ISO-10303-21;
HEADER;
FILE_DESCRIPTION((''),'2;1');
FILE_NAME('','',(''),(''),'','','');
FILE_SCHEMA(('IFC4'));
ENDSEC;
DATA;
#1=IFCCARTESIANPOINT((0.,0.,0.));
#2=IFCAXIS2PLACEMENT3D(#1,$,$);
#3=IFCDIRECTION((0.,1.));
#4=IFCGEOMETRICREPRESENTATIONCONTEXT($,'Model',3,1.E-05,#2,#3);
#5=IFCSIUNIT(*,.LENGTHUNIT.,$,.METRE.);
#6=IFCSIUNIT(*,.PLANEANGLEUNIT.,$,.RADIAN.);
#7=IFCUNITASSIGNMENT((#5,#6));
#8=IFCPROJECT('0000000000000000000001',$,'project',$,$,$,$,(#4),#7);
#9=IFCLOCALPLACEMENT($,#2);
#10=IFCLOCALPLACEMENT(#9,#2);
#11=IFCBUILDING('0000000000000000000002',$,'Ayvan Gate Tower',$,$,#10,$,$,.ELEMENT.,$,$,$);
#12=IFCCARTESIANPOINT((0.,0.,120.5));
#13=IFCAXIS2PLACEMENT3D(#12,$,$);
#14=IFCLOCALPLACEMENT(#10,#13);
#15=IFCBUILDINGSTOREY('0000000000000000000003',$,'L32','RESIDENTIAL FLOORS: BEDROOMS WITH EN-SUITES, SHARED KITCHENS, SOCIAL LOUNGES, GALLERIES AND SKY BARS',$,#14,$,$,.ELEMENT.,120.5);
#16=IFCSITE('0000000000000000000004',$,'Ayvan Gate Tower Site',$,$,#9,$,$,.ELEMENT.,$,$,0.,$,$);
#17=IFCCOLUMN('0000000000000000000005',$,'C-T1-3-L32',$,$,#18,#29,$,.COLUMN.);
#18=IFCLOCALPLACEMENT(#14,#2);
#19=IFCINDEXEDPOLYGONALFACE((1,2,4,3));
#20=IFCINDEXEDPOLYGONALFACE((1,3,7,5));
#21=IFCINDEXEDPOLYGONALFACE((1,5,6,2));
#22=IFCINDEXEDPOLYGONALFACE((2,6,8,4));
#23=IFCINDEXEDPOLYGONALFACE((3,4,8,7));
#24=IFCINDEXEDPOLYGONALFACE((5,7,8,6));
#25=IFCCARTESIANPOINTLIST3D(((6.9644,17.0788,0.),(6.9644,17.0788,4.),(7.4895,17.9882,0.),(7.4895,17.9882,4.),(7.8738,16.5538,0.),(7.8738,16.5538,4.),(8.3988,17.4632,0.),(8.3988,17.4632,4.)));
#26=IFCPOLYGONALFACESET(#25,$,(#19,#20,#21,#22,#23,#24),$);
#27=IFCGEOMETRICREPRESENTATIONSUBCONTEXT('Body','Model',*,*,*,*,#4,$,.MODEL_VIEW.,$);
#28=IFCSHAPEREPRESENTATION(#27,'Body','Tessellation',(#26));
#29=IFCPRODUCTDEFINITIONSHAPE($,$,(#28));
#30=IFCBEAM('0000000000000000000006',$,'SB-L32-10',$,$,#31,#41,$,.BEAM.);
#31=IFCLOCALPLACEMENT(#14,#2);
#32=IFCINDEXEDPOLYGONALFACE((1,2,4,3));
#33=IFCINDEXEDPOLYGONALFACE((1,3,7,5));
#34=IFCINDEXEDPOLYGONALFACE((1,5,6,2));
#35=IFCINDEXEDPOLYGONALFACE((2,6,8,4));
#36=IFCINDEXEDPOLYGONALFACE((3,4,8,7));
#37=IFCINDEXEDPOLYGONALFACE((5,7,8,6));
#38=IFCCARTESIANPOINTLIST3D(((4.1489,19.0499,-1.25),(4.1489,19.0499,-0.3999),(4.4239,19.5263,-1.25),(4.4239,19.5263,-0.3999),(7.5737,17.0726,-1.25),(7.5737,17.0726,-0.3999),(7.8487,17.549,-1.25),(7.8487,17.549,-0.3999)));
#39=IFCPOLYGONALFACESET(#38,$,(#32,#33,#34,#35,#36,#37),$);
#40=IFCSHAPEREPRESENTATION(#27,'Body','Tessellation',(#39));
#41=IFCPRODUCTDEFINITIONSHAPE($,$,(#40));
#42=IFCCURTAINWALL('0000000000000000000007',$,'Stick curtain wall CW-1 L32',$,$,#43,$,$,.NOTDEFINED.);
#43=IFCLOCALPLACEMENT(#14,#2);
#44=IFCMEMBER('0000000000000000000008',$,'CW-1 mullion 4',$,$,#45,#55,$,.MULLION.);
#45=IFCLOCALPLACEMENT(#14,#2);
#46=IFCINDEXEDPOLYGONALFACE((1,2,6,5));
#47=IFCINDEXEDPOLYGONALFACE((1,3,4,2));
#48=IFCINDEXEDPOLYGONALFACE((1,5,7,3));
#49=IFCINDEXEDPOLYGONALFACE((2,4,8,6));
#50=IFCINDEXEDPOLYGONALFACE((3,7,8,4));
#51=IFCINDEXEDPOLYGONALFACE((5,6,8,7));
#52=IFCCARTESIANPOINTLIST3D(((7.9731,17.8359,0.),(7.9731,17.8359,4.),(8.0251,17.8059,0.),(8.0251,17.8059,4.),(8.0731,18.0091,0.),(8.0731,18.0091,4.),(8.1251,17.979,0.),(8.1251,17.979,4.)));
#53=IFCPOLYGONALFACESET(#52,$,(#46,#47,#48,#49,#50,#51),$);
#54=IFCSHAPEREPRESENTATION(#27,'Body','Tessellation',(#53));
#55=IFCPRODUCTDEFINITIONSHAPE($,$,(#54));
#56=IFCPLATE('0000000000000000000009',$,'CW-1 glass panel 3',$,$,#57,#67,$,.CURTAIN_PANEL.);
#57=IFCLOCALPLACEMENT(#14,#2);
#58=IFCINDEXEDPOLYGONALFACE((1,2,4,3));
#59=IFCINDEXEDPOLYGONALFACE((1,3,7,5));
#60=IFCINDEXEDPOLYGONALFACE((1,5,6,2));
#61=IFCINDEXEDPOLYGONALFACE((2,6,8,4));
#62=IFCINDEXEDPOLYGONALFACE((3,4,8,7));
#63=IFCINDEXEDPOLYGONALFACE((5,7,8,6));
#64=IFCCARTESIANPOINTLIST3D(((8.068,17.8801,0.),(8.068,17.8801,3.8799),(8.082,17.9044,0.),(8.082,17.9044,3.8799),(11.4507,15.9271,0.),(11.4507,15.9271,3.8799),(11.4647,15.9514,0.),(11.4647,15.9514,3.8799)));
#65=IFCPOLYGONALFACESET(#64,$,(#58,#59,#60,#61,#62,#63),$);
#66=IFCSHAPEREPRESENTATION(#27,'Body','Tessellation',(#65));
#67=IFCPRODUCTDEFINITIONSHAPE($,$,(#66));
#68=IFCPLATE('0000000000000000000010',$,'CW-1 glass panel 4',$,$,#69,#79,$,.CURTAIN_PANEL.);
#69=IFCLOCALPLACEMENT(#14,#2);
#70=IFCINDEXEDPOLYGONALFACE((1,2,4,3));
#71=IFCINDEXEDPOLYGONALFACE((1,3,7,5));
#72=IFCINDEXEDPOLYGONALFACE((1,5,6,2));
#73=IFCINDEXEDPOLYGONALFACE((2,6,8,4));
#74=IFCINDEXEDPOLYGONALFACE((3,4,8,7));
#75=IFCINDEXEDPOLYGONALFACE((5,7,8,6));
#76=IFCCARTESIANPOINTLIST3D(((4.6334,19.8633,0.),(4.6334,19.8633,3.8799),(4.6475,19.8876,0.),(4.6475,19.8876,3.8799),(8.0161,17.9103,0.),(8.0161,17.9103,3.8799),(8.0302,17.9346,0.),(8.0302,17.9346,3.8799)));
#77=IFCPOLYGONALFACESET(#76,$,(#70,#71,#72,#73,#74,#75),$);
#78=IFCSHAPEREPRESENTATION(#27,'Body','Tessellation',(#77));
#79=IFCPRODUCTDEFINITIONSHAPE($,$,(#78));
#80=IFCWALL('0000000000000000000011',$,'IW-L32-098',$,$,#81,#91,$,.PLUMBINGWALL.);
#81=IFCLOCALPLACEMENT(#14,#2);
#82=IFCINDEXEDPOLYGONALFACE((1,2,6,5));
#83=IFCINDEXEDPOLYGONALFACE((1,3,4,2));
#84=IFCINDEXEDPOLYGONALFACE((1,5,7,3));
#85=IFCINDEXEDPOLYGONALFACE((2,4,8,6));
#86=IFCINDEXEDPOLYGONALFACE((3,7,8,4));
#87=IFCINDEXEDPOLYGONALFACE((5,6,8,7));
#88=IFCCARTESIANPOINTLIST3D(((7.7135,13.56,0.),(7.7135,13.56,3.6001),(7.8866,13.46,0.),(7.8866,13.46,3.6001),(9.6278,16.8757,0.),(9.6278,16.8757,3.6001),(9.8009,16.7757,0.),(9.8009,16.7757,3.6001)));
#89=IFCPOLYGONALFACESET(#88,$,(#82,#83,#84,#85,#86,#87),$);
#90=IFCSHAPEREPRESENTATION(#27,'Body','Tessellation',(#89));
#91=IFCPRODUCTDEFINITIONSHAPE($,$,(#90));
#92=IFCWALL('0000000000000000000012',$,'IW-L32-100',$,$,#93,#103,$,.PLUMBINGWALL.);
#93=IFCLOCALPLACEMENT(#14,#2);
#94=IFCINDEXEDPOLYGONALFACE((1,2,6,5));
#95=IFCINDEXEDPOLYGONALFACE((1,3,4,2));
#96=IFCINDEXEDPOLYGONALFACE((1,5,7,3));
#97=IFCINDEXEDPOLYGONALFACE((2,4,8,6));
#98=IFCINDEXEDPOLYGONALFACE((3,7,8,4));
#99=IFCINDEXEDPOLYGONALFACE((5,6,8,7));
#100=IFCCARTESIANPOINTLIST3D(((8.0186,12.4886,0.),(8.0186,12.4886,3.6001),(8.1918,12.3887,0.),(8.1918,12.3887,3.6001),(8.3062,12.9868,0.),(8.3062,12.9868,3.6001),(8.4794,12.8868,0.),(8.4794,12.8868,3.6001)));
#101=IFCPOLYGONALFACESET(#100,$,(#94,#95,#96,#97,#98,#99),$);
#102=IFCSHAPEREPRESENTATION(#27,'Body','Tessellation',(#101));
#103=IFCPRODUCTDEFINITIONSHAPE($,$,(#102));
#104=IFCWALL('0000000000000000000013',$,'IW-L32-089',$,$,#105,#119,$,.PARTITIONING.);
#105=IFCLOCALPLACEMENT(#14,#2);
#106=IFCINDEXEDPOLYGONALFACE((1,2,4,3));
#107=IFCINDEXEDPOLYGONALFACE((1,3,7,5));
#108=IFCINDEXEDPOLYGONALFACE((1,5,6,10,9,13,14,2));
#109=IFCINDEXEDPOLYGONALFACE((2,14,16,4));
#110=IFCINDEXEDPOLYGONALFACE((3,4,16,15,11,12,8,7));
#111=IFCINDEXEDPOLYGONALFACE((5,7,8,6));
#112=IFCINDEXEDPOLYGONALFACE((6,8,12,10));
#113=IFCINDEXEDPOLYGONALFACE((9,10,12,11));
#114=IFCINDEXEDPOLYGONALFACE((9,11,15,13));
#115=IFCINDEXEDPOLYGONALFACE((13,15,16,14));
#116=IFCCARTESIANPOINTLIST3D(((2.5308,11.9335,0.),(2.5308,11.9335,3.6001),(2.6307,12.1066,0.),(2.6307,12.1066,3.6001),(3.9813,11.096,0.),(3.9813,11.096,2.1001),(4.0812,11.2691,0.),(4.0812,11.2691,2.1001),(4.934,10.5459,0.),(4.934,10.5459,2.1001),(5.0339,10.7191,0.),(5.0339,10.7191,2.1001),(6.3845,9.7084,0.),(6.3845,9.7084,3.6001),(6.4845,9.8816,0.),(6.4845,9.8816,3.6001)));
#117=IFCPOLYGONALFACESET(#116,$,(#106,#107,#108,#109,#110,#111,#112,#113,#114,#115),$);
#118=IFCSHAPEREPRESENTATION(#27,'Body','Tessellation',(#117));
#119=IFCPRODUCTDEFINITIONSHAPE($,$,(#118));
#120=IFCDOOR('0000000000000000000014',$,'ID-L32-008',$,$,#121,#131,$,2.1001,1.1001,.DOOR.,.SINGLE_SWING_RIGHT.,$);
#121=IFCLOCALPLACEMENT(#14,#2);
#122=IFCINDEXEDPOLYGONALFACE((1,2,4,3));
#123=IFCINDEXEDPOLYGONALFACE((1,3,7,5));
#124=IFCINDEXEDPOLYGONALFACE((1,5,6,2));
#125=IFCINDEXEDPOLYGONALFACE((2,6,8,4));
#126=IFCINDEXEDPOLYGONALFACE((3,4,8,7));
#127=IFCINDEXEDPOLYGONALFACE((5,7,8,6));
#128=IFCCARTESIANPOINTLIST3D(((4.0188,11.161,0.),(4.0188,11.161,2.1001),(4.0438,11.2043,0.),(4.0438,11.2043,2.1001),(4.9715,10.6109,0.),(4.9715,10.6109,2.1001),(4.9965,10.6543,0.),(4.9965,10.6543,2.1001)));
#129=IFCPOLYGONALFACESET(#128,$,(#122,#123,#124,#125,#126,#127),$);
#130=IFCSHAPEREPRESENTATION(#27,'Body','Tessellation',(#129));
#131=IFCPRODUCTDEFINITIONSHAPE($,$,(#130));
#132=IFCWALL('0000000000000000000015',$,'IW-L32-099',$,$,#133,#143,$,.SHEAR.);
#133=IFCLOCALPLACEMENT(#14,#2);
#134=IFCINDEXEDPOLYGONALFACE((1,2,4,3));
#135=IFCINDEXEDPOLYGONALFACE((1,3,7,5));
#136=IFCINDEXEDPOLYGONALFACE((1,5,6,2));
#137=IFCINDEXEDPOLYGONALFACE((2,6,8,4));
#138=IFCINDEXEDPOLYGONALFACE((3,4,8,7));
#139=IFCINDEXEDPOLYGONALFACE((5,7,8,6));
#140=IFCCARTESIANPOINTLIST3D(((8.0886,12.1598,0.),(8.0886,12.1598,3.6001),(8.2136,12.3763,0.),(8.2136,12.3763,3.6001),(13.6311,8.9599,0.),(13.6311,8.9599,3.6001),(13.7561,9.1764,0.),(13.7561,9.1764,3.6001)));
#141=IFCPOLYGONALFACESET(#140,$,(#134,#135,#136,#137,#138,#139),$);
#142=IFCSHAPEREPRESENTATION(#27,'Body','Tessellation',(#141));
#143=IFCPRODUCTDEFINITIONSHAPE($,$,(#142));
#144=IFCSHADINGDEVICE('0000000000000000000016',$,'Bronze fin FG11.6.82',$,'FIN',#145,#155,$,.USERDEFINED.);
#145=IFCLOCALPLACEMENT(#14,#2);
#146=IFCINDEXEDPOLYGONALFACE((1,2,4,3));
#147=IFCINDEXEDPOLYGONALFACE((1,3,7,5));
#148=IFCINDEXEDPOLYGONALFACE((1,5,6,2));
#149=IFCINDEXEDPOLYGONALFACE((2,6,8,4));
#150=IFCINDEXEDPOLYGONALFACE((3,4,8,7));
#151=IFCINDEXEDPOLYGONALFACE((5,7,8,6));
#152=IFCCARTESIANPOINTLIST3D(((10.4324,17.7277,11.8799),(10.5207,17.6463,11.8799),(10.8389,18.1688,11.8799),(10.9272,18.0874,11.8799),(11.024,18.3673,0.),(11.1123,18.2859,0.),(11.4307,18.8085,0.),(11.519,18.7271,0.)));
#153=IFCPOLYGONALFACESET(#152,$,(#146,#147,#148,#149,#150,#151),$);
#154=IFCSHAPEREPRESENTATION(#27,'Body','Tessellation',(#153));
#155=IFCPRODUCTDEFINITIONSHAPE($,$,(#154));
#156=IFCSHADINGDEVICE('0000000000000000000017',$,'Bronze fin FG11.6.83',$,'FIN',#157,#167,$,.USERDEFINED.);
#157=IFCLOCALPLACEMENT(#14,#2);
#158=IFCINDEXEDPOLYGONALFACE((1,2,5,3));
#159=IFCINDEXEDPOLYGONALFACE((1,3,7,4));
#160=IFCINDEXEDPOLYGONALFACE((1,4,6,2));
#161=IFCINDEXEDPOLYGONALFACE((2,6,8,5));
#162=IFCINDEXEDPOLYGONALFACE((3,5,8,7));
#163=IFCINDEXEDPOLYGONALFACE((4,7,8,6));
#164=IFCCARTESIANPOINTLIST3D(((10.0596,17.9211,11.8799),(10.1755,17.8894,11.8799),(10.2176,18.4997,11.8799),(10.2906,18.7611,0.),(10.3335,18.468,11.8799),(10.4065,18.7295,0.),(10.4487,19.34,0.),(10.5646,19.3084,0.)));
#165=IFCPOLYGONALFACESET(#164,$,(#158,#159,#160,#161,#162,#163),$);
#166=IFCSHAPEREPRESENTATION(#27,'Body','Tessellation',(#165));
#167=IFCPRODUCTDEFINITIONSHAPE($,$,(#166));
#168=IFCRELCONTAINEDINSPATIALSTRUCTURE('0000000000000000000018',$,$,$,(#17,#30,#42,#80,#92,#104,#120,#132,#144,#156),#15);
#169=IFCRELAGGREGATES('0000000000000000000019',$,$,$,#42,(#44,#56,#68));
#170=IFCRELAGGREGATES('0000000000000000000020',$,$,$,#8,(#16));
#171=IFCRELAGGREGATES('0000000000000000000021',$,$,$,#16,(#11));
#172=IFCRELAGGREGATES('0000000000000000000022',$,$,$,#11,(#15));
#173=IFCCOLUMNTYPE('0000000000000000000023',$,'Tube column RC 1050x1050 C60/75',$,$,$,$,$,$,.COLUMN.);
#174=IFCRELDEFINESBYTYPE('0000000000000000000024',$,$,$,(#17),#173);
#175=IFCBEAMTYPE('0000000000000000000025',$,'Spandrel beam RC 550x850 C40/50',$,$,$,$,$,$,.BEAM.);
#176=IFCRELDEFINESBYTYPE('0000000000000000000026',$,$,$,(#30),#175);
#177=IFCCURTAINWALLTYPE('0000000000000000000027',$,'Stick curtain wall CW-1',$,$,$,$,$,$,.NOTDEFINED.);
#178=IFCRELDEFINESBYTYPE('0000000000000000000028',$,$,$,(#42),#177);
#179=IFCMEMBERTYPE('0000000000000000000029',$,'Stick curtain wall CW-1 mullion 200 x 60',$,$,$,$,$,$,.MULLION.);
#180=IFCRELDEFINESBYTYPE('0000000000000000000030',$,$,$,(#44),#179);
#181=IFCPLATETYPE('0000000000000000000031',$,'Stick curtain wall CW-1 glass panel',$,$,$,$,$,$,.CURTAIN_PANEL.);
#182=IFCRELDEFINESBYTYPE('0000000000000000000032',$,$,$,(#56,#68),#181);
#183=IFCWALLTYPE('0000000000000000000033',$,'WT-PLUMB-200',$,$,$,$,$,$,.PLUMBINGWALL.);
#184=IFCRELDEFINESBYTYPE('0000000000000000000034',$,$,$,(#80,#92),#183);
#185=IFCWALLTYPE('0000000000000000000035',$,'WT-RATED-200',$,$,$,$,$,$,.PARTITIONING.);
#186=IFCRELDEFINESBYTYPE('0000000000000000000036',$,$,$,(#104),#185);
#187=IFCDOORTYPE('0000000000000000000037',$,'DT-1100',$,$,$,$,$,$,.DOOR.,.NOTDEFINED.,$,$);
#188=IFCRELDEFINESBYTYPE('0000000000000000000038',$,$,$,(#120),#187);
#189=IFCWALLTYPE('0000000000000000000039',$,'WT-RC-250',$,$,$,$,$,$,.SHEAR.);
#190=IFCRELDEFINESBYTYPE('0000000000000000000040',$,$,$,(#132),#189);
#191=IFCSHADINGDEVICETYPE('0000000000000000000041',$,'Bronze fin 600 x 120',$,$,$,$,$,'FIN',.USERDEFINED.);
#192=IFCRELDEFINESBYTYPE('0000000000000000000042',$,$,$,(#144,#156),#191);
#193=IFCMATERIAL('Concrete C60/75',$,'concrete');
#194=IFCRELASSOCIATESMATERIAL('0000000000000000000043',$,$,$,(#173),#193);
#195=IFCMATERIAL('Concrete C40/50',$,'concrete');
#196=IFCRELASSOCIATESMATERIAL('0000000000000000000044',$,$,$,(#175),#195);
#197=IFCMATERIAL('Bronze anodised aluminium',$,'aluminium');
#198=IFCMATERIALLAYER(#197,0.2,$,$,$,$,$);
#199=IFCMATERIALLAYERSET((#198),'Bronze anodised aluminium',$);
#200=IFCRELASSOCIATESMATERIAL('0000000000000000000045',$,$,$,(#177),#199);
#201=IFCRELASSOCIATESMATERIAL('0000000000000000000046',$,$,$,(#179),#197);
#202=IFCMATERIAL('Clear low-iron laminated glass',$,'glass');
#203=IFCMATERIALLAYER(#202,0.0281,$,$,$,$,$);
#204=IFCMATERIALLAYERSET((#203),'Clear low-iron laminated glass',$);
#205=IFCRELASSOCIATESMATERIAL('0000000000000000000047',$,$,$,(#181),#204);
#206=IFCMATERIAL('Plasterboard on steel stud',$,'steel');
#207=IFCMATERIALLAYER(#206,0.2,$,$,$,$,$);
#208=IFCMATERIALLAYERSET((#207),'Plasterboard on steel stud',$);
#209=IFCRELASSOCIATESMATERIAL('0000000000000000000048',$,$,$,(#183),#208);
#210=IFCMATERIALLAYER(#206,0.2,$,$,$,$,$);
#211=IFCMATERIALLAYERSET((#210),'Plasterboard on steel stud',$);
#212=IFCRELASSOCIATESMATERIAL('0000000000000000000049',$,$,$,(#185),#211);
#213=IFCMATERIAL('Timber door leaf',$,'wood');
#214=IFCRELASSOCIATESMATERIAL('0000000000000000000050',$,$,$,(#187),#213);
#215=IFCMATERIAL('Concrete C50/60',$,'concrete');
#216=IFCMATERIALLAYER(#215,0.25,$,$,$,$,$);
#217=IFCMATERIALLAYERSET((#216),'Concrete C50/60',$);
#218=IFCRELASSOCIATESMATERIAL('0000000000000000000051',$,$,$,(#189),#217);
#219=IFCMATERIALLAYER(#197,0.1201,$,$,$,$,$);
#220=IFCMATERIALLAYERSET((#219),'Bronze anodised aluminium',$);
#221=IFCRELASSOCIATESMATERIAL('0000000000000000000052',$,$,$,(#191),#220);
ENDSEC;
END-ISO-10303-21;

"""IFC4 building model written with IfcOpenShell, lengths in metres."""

from ifc_helpers import new_model, si_unit, direction, frame, frame_2d, origin, origin_2d, place, context, subcontext, project, spatial, polyline, rectangle, outline, extrude, material, layer, layer_set, material_profile, profile_set, type_object, element, fill, aggregate, save


model = new_model("IFC4")

# Units and contexts
model_context = context("Model", 3, precision=1e-05, world=origin(), true_north=direction((0.0, 1.0)))
body_context = subcontext(model_context, "Body", "Model", "MODEL_VIEW")
ifc_project = project(units=[si_unit("LENGTHUNIT", "METRE"), si_unit("PLANEANGLEUNIT", "RADIAN")], contexts=[model_context])

# Site, building, storey
site_placement = place(None, origin())
site = spatial("IfcSite", under=ifc_project, at=site_placement, Name="Ayvan Gate Tower Site", CompositionType="ELEMENT", RefElevation=0.0)
building_placement = place(site_placement, origin())
building = spatial("IfcBuilding", under=site, at=building_placement, Name="Ayvan Gate Tower", CompositionType="ELEMENT")
storey_placement = place(building_placement, frame((0.0, 0.0, 120.5)))
storey = spatial("IfcBuildingStorey", under=building, at=storey_placement, Name="L32", Description="RESIDENTIAL FLOORS: BEDROOMS WITH EN-SUITES, SHARED KITCHENS, SOCIAL LOUNGES, GALLERIES AND SKY BARS", CompositionType="ELEMENT", Elevation=120.5)

# Column
ifc_material_1 = material(Name="Concrete C60/75", Category="concrete")
ifc_material_profile_1 = material_profile(ifc_material_1, rectangle(XDim=1.05, YDim=1.05, at=origin_2d()), Name="RC 1050x1050")
ifc_profile_set_1 = profile_set([ifc_material_profile_1], Name="Concrete C60/75")
column_type = type_object("IfcColumnType", Name="Tube column RC 1050x1050 C60/75", PredefinedType="COLUMN", material=ifc_profile_set_1)
column_placement = place(storey_placement, frame((7.6816, 17.271, 0.0), z_axis=(0.0, 0.0, 1.0), x_axis=(0.5, 0.866025, 0.0)))
element("IfcColumn", 1, at=column_placement, inside=storey, type_object=column_type, Name="C-T1-3-L32", PredefinedType="COLUMN", context=body_context, shape_type="SweptSolid", body=[
    extrude(rectangle(XDim=1.05, YDim=1.05, at=origin_2d()), origin(), (0.0, 0.0, 1.0), 4.0),
])

# Beam
ifc_material_2 = material(Name="Concrete C40/50", Category="concrete")
ifc_material_profile_2 = material_profile(ifc_material_2, rectangle(XDim=0.55, YDim=0.8501, at=origin_2d()), Name="RC 550x850")
ifc_profile_set_2 = profile_set([ifc_material_profile_2], Name="Concrete C40/50")
beam_type = type_object("IfcBeamType", Name="Spandrel beam RC 550x850 C40/50", PredefinedType="BEAM", material=ifc_profile_set_2)
beam_placement = place(storey_placement, frame((7.7112, 17.3108, -0.825), z_axis=(-0.866027, 0.499997, 0.0), x_axis=(-0.499997, -0.866027, 0.0)))
element("IfcBeam", 2, at=beam_placement, inside=storey, type_object=beam_type, Name="SB-L32-10", PredefinedType="BEAM", context=body_context, shape_type="SweptSolid", body=[
    extrude(rectangle(XDim=0.55, YDim=0.8501, at=origin_2d()), origin(), (0.0, 0.0, 1.0), 3.9546),
])

# Curtain wall, member, plates
ifc_material_3 = material(Name="Bronze anodised aluminium", Category="aluminium")
ifc_layer_1 = layer(ifc_material_3, 0.2)
ifc_layer_set_1 = layer_set([ifc_layer_1], Name="Bronze anodised aluminium")
curtain_wall_type = type_object("IfcCurtainWallType", Name="Stick curtain wall CW-1", PredefinedType="NOTDEFINED", material=ifc_layer_set_1)
curtain_wall_placement = place(storey_placement, origin())
curtain_wall = element("IfcCurtainWall", 3, at=curtain_wall_placement, inside=storey, type_object=curtain_wall_type, Name="Stick curtain wall CW-1 L32", PredefinedType="NOTDEFINED")
ifc_material_profile_3 = material_profile(ifc_material_3, rectangle(XDim=0.2, YDim=0.0601, at=origin_2d()), Name="Stick curtain wall CW-1 mullion 200 x 60")
ifc_profile_set_3 = profile_set([ifc_material_profile_3], Name="Bronze anodised aluminium")
member_type = type_object("IfcMemberType", Name="Stick curtain wall CW-1 mullion 200 x 60", PredefinedType="MULLION", material=ifc_profile_set_3)
member_placement = place(storey_placement, frame((8.0491, 17.9075, 0.0), z_axis=(0.0, 0.0, 1.0), x_axis=(0.5, 0.866025, 0.0)))
member = element("IfcMember", 4, at=member_placement, type_object=member_type, Name="CW-1 mullion 4", PredefinedType="MULLION", context=body_context, shape_type="SweptSolid", body=[
    extrude(rectangle(XDim=0.2, YDim=0.0601, at=origin_2d()), origin(), (0.0, 0.0, 1.0), 4.0),
])
ifc_material_4 = material(Name="Clear low-iron laminated glass", Category="glass")
ifc_layer_2 = layer(ifc_material_4, 0.0281)
ifc_layer_set_2 = layer_set([ifc_layer_2], Name="Clear low-iron laminated glass")
plate_type = type_object("IfcPlateType", Name="Stick curtain wall CW-1 glass panel", PredefinedType="CURTAIN_PANEL", material=ifc_layer_set_2)
plate_1_placement = place(storey_placement, frame((9.7664, 16.9158, 0.0), z_axis=(0.0, 0.0, 1.0), x_axis=(-0.866025, 0.5, 0.0)))
plate_1 = element("IfcPlate", 5, at=plate_1_placement, type_object=plate_type, Name="CW-1 glass panel 3", PredefinedType="CURTAIN_PANEL", context=body_context, shape_type="SweptSolid", body=[
    extrude(rectangle(XDim=3.906, YDim=0.0281, at=origin_2d()), origin(), (0.0, 0.0, 1.0), 3.8799),
])
plate_2_placement = place(storey_placement, frame((6.3318, 18.8989, 0.0), z_axis=(0.0, 0.0, 1.0), x_axis=(-0.866025, 0.5, 0.0)))
plate_2 = element("IfcPlate", 6, at=plate_2_placement, type_object=plate_type, Name="CW-1 glass panel 4", PredefinedType="CURTAIN_PANEL", context=body_context, shape_type="SweptSolid", body=[
    extrude(rectangle(XDim=3.906, YDim=0.0281, at=origin_2d()), origin(), (0.0, 0.0, 1.0), 3.8799),
])
aggregate(curtain_wall, [member, plate_1, plate_2])

# Walls
ifc_material_5 = material(Name="Plasterboard on steel stud", Category="steel")
ifc_layer_3 = layer(ifc_material_5, 0.2)
ifc_layer_set_3 = layer_set([ifc_layer_3], Name="Plasterboard on steel stud")
wall_type_1 = type_object("IfcWallType", Name="WT-PLUMB-200", PredefinedType="PLUMBINGWALL", material=ifc_layer_set_3)
wall_1_placement = place(storey_placement, frame((7.8, 13.51, 0.0), z_axis=(0.0, 0.0, 1.0), x_axis=(0.5, 0.866025, 0.0)))
element("IfcWall", 7, at=wall_1_placement, inside=storey, type_object=wall_type_1, Name="IW-L32-098", PredefinedType="PLUMBINGWALL", context=body_context, shape_type="SweptSolid", body=[
    extrude(rectangle(XDim=3.8286, YDim=0.2, at=frame_2d((1.9143, 0.0))), origin(), (0.0, 0.0, 1.0), 3.6001),
])
wall_2_placement = place(storey_placement, frame((8.3928, 12.9368, 0.0), z_axis=(0.0, 0.0, 1.0), x_axis=(-0.500065, -0.865988, 0.0)))
element("IfcWall", 8, at=wall_2_placement, inside=storey, type_object=wall_type_1, Name="IW-L32-100", PredefinedType="PLUMBINGWALL", context=body_context, shape_type="SweptSolid", body=[
    extrude(rectangle(XDim=0.5752, YDim=0.2, at=frame_2d((0.2876, 0.0))), origin(), (0.0, 0.0, 1.0), 3.6001),
])

# Wall, opening, door
ifc_layer_4 = layer(ifc_material_5, 0.2)
ifc_layer_set_4 = layer_set([ifc_layer_4], Name="Plasterboard on steel stud")
wall_type_2 = type_object("IfcWallType", Name="WT-RATED-200", PredefinedType="PARTITIONING", material=ifc_layer_set_4)
wall_3_placement = place(storey_placement, frame((6.4346, 9.7949, 0.0), z_axis=(0.0, 0.0, 1.0), x_axis=(-0.866013, 0.500022, 0.0)))
wall_3 = element("IfcWall", 9, at=wall_3_placement, inside=storey, type_object=wall_type_2, Name="IW-L32-089", PredefinedType="PARTITIONING", context=body_context, shape_type="SweptSolid", body=[
    extrude(rectangle(XDim=4.45, YDim=0.2, at=frame_2d((2.2251, 0.0))), origin(), (0.0, 0.0, 1.0), 3.6001),
])
opening_placement = place(wall_3_placement, frame((1.675, 0.0, 0.0)))
opening = element("IfcOpeningElement", 10, at=opening_placement, cuts=wall_3, PredefinedType="OPENING", context=body_context, shape_type="SweptSolid", body=[
    extrude(rectangle(XDim=1.1001, YDim=2.1001, at=frame_2d((0.55, 1.05))), frame((0.0, 0.1099, 0.0), z_axis=(0.0, -1.0, 0.0), x_axis=(1.0, 0.0, 0.0)), (0.0, 0.0, 1.0), 0.22),
])
ifc_material_6 = material(Name="Timber door leaf", Category="wood")
door_type = type_object("IfcDoorType", Name="DT-1100", OperationType="NOTDEFINED", PredefinedType="DOOR", material=ifc_material_6)
door_placement = place(opening_placement, origin())
door = element("IfcDoor", 11, at=door_placement, inside=storey, type_object=door_type, Name="ID-L32-008", OperationType="SINGLE_SWING_RIGHT", OverallHeight=2.1001, OverallWidth=1.1001, PredefinedType="DOOR", context=body_context, shape_type="SweptSolid", body=[
    extrude(rectangle(XDim=1.1001, YDim=2.1001, at=frame_2d((0.55, 1.05))), frame((0.0, 0.0249, 0.0), z_axis=(0.0, -1.0, 0.0), x_axis=(1.0, 0.0, 0.0)), (0.0, 0.0, 1.0), 0.05),
])
fill(opening, door)

# Wall
ifc_material_7 = material(Name="Concrete C50/60", Category="concrete")
ifc_layer_5 = layer(ifc_material_7, 0.25)
ifc_layer_set_5 = layer_set([ifc_layer_5], Name="Concrete C50/60")
wall_type_3 = type_object("IfcWallType", Name="WT-RC-250", PredefinedType="SHEAR", material=ifc_layer_set_5)
wall_4_placement = place(storey_placement, frame((8.1511, 12.2681, 0.0), z_axis=(0.0, 0.0, 1.0), x_axis=(0.866025, -0.5, 0.0)))
element("IfcWall", 12, at=wall_4_placement, inside=storey, type_object=wall_type_3, Name="IW-L32-099", PredefinedType="SHEAR", context=body_context, shape_type="SweptSolid", body=[
    extrude(rectangle(XDim=6.3999, YDim=0.25, at=frame_2d((3.2, 0.0))), origin(), (0.0, 0.0, 1.0), 3.6001),
])

# Shading devices
ifc_layer_6 = layer(ifc_material_3, 0.1201)
ifc_layer_set_6 = layer_set([ifc_layer_6], Name="Bronze anodised aluminium")
shading_device_type = type_object("IfcShadingDeviceType", Name="Bronze fin 600 x 120", ElementType="FIN", PredefinedType="USERDEFINED", material=ifc_layer_set_6)
shading_device_1_placement = place(storey_placement, frame((11.1123, 18.2859, 0.0), z_axis=(0.73531, -0.677731, 0.000131), x_axis=(0.677731, 0.73531, 0.0)))
element("IfcShadingDevice", 13, at=shading_device_1_placement, inside=storey, type_object=shading_device_type, Name="Bronze fin FG11.6.82", ObjectType="FIN", PredefinedType="USERDEFINED", context=body_context, shape_type="SweptSolid", body=[
    extrude(outline(polyline([(0.0, 0.0), (0.6001, 0.0), (-0.2714, 11.8799), (-0.8713, 11.8799), (0.0, 0.0)])), origin(), (0.0, 0.0, -1.0), 0.1201),
])
shading_device_2_placement = place(storey_placement, frame((10.4065, 18.7295, 0.0), z_axis=(0.96466, -0.263496, 0.000128), x_axis=(0.263496, 0.96466, 0.0)))
element("IfcShadingDevice", 14, at=shading_device_2_placement, inside=storey, type_object=shading_device_type, Name="Bronze fin FG11.6.83", ObjectType="FIN", PredefinedType="USERDEFINED", context=body_context, shape_type="SweptSolid", body=[
    extrude(outline(polyline([(0.0, 0.0), (0.6001, 0.0), (-0.2715, 11.8799), (-0.8713, 11.8799), (0.0, 0.0)])), origin(), (0.0, 0.0, -1.0), 0.1201),
])

save(model, "model.ifc")
